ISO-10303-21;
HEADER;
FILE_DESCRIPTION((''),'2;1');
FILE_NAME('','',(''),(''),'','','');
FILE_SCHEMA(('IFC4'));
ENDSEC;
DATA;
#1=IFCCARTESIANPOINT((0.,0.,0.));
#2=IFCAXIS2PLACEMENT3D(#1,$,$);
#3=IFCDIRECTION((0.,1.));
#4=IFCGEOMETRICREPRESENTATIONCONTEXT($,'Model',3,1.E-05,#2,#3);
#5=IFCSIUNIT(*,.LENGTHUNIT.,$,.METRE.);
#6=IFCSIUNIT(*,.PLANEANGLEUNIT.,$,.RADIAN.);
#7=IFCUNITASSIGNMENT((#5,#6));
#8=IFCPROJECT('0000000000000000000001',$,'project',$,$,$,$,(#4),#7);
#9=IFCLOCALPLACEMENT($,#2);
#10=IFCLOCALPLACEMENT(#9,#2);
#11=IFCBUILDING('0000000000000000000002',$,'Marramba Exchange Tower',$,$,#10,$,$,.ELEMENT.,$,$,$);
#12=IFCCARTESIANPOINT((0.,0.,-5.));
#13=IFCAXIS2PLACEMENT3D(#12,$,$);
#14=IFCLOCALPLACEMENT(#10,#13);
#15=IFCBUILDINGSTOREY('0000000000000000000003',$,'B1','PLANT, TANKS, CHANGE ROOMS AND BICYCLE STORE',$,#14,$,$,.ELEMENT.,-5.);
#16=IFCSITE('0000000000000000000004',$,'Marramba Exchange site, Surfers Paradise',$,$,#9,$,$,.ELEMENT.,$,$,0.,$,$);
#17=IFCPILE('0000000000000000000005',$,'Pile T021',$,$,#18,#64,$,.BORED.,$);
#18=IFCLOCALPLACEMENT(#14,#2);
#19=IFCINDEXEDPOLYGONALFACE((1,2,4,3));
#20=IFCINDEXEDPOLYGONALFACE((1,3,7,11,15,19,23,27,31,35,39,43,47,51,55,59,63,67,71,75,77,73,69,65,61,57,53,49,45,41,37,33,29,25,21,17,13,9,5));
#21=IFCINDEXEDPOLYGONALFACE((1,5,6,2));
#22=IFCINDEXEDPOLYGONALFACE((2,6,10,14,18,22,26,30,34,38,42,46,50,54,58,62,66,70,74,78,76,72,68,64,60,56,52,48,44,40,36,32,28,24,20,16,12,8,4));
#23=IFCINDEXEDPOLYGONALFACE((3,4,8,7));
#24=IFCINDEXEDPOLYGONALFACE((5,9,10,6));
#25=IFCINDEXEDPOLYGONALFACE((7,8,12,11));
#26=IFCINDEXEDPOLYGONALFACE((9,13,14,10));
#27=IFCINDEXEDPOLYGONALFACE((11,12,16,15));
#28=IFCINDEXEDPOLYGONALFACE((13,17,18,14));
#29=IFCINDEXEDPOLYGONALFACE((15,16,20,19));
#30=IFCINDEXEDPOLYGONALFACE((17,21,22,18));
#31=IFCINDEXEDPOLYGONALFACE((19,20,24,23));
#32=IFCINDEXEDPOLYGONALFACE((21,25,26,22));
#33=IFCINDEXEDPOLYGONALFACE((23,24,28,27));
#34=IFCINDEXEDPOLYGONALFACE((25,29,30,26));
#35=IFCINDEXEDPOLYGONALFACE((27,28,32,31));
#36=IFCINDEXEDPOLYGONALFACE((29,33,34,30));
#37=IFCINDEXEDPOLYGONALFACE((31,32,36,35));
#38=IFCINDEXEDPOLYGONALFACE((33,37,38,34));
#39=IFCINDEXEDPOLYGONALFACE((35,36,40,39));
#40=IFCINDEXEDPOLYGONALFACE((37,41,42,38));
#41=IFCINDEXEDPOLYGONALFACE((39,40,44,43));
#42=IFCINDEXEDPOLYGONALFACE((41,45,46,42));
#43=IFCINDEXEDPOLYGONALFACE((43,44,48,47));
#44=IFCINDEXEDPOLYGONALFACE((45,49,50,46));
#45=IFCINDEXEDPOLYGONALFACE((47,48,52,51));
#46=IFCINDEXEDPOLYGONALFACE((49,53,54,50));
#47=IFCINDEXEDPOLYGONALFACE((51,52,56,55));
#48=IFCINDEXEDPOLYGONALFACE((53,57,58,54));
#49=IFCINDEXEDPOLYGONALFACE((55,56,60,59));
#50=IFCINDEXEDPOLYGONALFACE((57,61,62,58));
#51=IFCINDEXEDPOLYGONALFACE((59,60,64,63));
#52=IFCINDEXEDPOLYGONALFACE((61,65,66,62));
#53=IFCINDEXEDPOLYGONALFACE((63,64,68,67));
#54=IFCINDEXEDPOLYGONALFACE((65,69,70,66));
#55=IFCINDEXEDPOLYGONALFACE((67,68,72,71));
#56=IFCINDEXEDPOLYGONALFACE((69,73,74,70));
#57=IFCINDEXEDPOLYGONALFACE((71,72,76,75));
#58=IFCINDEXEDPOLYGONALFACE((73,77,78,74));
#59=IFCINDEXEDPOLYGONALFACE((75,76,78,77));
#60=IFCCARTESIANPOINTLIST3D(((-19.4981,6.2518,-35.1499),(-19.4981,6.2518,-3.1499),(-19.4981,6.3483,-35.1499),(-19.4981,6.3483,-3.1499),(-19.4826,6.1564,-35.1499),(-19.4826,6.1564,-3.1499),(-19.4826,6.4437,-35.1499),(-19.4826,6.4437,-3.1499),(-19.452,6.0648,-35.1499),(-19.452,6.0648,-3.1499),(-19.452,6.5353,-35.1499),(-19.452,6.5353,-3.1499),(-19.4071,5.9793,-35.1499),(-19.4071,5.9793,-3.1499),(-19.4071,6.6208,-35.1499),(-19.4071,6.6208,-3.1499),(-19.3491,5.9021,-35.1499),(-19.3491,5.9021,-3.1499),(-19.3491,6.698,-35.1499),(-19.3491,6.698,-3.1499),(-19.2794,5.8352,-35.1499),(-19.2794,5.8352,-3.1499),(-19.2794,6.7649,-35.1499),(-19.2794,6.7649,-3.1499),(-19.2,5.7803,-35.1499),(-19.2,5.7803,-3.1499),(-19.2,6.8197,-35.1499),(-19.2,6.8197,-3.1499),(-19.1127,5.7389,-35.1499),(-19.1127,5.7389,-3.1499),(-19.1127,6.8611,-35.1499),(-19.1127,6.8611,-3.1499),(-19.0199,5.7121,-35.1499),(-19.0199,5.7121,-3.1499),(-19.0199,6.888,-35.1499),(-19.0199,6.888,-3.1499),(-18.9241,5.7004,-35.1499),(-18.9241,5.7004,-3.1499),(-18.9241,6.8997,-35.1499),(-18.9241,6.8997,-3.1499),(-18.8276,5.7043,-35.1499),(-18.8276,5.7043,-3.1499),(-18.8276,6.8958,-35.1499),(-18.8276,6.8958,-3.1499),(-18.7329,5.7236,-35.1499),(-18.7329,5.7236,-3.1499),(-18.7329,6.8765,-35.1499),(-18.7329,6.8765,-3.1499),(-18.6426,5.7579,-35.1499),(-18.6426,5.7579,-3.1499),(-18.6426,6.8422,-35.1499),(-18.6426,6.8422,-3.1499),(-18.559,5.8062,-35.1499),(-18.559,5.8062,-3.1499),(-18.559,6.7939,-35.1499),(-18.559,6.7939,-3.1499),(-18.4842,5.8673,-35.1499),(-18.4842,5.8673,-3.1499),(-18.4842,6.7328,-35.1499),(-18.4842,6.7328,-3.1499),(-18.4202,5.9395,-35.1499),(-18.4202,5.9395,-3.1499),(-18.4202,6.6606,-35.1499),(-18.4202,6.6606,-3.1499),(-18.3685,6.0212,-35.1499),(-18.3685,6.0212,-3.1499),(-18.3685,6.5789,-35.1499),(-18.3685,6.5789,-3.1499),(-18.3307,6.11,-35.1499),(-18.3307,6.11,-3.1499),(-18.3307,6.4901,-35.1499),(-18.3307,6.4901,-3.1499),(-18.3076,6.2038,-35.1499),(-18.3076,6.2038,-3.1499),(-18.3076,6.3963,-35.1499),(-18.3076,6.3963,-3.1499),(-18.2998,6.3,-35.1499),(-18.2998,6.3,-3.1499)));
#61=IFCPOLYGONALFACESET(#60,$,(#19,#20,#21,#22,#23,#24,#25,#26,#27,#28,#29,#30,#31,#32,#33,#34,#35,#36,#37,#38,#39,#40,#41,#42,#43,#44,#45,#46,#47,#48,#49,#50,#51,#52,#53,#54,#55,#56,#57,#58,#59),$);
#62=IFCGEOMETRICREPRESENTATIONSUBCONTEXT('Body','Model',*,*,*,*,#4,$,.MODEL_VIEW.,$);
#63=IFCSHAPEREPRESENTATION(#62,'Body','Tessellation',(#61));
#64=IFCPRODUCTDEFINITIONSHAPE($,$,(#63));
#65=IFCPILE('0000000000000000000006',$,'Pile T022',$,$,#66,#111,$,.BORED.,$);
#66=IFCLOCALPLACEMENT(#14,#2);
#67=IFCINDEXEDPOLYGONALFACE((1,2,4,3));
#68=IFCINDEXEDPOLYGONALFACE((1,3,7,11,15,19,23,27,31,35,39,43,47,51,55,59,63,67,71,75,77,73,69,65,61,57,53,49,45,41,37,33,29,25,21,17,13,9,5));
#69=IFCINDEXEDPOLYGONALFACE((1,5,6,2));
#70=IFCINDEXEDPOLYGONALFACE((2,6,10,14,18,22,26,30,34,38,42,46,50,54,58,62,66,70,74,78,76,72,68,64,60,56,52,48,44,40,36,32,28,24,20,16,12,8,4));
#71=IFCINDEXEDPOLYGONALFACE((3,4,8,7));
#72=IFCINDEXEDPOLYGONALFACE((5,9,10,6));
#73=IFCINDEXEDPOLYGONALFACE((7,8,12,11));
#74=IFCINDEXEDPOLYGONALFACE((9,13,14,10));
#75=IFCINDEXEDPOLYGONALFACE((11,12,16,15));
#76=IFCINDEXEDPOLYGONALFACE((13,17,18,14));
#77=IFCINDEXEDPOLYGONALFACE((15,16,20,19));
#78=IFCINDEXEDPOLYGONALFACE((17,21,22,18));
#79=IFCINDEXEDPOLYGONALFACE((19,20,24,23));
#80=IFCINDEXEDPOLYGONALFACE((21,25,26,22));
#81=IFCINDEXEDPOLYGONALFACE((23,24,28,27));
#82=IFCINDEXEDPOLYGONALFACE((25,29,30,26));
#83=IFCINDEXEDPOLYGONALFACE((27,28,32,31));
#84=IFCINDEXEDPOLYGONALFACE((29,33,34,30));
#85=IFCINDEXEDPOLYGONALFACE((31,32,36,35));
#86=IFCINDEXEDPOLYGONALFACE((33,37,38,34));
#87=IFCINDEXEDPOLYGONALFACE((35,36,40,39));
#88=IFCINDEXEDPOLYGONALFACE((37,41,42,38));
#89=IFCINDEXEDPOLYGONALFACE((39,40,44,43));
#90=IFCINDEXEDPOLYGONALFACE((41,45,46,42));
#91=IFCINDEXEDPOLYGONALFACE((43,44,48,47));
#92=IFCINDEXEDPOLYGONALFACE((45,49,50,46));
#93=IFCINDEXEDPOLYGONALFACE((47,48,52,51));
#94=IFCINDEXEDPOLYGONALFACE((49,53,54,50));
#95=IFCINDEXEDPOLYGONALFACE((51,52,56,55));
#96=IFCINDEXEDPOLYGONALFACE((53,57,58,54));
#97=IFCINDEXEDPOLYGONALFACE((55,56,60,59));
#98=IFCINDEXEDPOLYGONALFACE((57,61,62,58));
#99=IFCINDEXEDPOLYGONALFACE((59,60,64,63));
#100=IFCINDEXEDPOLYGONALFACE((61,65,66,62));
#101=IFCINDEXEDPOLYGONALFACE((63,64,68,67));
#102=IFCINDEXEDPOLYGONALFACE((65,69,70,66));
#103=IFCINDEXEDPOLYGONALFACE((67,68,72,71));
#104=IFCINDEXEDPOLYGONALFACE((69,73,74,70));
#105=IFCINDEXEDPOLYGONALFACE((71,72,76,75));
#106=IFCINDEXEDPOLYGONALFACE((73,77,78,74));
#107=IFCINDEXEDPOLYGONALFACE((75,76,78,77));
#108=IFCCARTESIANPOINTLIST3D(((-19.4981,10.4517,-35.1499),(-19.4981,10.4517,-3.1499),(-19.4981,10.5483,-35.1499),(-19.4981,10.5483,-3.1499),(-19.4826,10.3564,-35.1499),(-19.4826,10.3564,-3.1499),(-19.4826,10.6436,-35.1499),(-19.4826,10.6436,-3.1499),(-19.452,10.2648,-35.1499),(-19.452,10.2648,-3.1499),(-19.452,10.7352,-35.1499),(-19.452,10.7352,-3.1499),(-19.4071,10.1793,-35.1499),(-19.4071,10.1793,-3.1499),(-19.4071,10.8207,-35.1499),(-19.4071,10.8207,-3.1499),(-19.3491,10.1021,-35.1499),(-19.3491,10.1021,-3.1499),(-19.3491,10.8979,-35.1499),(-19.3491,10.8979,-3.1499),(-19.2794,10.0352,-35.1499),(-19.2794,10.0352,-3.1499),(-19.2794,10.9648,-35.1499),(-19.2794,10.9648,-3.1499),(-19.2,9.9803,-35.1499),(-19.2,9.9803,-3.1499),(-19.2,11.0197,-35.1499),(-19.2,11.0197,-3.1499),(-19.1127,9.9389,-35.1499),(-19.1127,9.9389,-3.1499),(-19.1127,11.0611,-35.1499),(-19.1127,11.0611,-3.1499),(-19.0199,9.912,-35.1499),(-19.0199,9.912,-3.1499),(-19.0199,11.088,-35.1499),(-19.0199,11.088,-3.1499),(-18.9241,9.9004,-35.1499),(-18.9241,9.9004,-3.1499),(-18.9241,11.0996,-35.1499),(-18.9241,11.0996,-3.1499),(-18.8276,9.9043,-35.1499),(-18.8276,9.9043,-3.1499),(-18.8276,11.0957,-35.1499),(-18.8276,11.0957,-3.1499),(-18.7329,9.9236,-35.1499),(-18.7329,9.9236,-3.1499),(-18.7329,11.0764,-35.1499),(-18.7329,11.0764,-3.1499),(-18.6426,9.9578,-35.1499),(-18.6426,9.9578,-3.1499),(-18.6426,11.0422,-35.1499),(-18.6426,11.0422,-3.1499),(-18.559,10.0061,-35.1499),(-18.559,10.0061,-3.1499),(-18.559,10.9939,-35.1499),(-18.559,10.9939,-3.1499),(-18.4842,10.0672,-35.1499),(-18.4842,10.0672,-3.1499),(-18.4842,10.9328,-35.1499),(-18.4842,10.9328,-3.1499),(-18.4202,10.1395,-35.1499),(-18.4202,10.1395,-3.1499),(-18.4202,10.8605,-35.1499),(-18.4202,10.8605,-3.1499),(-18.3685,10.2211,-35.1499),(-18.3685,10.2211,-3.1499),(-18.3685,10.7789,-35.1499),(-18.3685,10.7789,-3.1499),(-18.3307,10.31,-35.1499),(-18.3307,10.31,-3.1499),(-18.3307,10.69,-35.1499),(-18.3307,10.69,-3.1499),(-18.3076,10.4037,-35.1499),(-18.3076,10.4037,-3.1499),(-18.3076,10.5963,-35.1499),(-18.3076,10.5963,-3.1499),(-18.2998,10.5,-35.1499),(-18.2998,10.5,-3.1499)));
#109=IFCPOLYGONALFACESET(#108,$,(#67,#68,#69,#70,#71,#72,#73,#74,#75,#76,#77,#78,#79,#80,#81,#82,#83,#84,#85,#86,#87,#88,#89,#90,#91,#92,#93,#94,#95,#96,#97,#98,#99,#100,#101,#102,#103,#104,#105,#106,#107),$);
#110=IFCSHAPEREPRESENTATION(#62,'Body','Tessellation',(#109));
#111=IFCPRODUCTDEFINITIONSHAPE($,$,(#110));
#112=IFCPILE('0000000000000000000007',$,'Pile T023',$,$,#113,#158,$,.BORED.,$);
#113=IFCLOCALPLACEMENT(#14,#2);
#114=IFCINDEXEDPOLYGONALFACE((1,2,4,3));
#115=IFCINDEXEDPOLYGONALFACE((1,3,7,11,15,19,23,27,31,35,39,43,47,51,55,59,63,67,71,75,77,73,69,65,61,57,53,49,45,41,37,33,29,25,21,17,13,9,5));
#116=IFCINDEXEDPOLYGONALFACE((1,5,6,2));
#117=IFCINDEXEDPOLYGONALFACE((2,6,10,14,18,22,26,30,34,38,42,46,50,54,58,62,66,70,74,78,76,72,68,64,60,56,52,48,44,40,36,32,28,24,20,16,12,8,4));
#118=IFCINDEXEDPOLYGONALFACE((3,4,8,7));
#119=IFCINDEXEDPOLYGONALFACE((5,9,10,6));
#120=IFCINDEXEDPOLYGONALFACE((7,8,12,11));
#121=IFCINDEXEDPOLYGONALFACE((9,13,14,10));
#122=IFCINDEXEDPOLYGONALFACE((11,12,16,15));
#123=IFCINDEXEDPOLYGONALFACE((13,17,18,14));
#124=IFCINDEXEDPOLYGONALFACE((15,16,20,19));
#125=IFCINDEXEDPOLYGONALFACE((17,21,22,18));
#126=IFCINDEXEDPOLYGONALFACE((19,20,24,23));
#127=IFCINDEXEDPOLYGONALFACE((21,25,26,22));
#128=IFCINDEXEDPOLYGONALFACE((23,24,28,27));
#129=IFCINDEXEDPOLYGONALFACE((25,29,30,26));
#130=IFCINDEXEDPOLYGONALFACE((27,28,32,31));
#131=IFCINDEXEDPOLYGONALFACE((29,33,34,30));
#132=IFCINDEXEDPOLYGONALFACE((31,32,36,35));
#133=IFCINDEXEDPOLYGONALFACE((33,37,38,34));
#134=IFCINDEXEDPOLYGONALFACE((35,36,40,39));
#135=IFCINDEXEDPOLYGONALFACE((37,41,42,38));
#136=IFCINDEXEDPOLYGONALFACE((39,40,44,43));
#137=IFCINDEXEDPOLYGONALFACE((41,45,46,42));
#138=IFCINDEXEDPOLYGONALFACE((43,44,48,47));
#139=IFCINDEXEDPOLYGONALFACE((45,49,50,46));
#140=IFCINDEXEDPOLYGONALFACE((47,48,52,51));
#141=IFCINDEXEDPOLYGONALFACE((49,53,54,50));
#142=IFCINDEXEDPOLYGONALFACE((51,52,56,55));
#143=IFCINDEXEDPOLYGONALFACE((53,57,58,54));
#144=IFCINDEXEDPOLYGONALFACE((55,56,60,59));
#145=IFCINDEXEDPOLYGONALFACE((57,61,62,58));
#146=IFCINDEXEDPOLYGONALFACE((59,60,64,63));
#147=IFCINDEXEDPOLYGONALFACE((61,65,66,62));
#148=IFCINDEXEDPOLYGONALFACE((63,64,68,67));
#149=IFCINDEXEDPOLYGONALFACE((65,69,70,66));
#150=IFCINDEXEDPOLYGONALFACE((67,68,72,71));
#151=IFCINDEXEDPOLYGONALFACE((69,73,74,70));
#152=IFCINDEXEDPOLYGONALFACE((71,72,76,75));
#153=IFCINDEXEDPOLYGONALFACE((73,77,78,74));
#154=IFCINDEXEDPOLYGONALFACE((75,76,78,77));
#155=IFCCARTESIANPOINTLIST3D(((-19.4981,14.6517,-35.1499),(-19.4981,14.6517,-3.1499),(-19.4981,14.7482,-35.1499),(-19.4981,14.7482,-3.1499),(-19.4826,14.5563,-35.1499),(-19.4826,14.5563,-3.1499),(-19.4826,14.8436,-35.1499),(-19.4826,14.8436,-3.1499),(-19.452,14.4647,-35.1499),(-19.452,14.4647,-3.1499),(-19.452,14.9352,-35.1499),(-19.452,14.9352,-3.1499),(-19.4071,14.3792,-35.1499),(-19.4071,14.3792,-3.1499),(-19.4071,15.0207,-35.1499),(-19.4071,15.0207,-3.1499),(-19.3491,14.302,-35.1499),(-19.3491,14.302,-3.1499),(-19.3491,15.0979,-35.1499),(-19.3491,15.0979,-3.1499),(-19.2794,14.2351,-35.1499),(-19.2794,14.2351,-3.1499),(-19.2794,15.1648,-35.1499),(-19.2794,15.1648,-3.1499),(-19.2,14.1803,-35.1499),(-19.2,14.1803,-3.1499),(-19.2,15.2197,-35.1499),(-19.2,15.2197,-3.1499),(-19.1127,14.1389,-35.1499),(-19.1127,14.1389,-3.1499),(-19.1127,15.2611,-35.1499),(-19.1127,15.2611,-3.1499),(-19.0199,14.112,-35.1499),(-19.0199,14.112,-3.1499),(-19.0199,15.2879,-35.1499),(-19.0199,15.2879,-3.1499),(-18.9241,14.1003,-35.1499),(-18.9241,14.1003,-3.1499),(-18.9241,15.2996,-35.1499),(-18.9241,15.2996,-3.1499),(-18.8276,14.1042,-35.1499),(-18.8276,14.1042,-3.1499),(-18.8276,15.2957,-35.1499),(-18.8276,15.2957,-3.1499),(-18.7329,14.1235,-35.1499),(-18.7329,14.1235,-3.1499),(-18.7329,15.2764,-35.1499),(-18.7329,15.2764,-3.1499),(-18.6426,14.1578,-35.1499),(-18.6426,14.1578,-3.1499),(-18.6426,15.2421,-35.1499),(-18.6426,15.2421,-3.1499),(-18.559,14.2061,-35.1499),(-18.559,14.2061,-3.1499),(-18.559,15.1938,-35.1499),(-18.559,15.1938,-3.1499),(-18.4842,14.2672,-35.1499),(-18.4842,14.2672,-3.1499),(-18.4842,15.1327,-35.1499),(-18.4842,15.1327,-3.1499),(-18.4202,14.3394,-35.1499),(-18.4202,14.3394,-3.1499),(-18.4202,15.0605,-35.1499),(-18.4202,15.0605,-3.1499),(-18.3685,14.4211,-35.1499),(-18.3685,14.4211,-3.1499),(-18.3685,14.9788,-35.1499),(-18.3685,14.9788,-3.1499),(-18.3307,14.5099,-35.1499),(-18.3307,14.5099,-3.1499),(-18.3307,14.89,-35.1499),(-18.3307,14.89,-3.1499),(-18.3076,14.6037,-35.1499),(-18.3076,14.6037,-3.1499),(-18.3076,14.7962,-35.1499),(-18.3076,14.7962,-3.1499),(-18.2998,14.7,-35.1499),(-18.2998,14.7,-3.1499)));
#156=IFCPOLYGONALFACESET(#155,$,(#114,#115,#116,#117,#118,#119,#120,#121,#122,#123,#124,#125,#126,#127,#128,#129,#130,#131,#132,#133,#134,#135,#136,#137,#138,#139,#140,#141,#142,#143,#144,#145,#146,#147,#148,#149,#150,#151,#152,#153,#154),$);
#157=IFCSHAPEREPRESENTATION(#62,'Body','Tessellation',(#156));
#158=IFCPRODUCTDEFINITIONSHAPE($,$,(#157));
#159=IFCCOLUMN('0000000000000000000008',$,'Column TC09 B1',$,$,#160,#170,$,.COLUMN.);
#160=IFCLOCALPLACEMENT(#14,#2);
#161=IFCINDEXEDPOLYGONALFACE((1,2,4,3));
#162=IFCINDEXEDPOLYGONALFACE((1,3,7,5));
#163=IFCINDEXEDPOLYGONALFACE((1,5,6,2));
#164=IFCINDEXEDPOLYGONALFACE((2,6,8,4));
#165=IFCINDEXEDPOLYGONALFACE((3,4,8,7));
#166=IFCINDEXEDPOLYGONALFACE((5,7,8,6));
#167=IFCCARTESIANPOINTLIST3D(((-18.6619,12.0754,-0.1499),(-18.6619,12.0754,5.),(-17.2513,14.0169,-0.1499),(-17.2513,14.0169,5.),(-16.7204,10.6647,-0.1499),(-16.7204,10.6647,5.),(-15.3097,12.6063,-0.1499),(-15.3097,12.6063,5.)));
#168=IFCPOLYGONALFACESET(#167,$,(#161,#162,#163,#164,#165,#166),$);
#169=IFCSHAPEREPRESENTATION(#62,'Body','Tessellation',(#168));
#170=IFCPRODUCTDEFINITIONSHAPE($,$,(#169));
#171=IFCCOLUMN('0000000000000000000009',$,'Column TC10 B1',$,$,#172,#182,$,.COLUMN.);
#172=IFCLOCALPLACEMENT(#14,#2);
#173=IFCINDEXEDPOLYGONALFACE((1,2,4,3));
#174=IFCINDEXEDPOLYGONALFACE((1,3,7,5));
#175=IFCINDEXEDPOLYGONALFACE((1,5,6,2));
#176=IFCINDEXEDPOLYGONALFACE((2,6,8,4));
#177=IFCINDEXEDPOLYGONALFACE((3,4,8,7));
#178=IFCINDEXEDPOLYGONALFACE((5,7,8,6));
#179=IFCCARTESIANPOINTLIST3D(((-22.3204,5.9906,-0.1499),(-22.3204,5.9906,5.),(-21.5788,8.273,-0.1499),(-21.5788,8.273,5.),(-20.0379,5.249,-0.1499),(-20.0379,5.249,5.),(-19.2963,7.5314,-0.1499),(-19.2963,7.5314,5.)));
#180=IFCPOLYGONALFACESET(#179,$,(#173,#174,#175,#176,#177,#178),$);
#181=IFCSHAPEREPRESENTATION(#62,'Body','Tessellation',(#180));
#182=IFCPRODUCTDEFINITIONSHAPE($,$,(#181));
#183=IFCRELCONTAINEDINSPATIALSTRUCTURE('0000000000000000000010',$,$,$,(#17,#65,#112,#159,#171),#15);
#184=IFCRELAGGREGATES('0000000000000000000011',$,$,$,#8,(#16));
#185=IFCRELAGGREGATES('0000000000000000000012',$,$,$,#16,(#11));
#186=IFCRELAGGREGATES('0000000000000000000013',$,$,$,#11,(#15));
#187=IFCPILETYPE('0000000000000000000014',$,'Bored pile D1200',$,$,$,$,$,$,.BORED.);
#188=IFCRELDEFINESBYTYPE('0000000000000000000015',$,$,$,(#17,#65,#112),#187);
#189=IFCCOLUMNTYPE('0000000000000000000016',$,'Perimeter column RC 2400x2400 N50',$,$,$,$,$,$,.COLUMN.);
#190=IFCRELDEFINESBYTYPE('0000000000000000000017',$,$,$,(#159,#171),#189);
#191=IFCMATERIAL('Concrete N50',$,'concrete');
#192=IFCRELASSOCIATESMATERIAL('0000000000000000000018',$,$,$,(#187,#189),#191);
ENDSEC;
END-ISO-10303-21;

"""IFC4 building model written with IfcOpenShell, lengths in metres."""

from ifc_helpers import new_model, si_unit, direction, frame, origin, origin_2d, place, context, subcontext, project, spatial, rectangle, circle, extrude, material, material_profile, profile_set, type_object, element, save


model = new_model("IFC4")

# Units and contexts
model_context = context("Model", 3, precision=1e-05, world=origin(), true_north=direction((0.0, 1.0)))
body_context = subcontext(model_context, "Body", "Model", "MODEL_VIEW")
ifc_project = project(units=[si_unit("LENGTHUNIT", "METRE"), si_unit("PLANEANGLEUNIT", "RADIAN")], contexts=[model_context])

# Site, building, storey
site_placement = place(None, origin())
site = spatial("IfcSite", under=ifc_project, at=site_placement, Name="Marramba Exchange site, Surfers Paradise", CompositionType="ELEMENT", RefElevation=0.0)
building_placement = place(site_placement, origin())
building = spatial("IfcBuilding", under=site, at=building_placement, Name="Marramba Exchange Tower", CompositionType="ELEMENT")
storey_placement = place(building_placement, frame((0.0, 0.0, -5.0)))
storey = spatial("IfcBuildingStorey", under=building, at=storey_placement, Name="B1", Description="PLANT, TANKS, CHANGE ROOMS AND BICYCLE STORE", CompositionType="ELEMENT", Elevation=-5.0)

# Piles
ifc_material_1 = material(Name="Concrete N50", Category="concrete")
ifc_material_profile_1 = material_profile(ifc_material_1, circle(Radius=0.6001, at=origin_2d()), Name="BP D1200")
ifc_profile_set_1 = profile_set([ifc_material_profile_1], Name="Concrete N50")
pile_type = type_object("IfcPileType", Name="Bored pile D1200", PredefinedType="BORED", material=ifc_profile_set_1)
for number, where, z_axis, x_axis, name in (
    (1, (-18.8999, 6.3, -3.1499), (0.0, 0.0, -1.0), (1.0, 0.0, 0.0), "Pile T021"),
    (2, (-18.8999, 10.5, -3.1499), (0.0, 0.0, -1.0), (1.0, 0.0, 0.0), "Pile T022"),
    (3, (-18.8999, 14.7, -3.1499), (0.0, 0.0, -1.0), (1.0, 0.0, 0.0), "Pile T023"),
):
    element("IfcPile", number, at=place(storey_placement, frame(where, z_axis=z_axis, x_axis=x_axis)), inside=storey, type_object=pile_type, Name=name, PredefinedType="BORED", context=body_context, shape_type="SweptSolid", body=[
        extrude(circle(Radius=0.6001, at=origin_2d()), origin(), (0.0, 0.0, 1.0), 32.0),
    ])

# Columns
ifc_material_profile_2 = material_profile(ifc_material_1, rectangle(XDim=2.3999, YDim=2.3999, at=origin_2d()), Name="RC 2400x2400")
ifc_profile_set_2 = profile_set([ifc_material_profile_2], Name="Concrete N50")
column_type = type_object("IfcColumnType", Name="Perimeter column RC 2400x2400 N50", PredefinedType="COLUMN", material=ifc_profile_set_2)
for number, where, z_axis, x_axis, name in (
    (4, (-16.9858, 12.3408, -0.1499), (0.0, 0.0, 1.0), (-0.809017, 0.587785, 0.0), "Column TC09 B1"),
    (5, (-20.8083, 6.761, -0.1499), (0.0, 0.0, 1.0), (-0.951057, 0.309017, 0.0), "Column TC10 B1"),
):
    element("IfcColumn", number, at=place(storey_placement, frame(where, z_axis=z_axis, x_axis=x_axis)), inside=storey, type_object=column_type, Name=name, PredefinedType="COLUMN", context=body_context, shape_type="SweptSolid", body=[
        extrude(rectangle(XDim=2.3999, YDim=2.3999, at=origin_2d()), origin(), (0.0, 0.0, 1.0), 5.1499),
    ])

save(model, "model.ifc")
